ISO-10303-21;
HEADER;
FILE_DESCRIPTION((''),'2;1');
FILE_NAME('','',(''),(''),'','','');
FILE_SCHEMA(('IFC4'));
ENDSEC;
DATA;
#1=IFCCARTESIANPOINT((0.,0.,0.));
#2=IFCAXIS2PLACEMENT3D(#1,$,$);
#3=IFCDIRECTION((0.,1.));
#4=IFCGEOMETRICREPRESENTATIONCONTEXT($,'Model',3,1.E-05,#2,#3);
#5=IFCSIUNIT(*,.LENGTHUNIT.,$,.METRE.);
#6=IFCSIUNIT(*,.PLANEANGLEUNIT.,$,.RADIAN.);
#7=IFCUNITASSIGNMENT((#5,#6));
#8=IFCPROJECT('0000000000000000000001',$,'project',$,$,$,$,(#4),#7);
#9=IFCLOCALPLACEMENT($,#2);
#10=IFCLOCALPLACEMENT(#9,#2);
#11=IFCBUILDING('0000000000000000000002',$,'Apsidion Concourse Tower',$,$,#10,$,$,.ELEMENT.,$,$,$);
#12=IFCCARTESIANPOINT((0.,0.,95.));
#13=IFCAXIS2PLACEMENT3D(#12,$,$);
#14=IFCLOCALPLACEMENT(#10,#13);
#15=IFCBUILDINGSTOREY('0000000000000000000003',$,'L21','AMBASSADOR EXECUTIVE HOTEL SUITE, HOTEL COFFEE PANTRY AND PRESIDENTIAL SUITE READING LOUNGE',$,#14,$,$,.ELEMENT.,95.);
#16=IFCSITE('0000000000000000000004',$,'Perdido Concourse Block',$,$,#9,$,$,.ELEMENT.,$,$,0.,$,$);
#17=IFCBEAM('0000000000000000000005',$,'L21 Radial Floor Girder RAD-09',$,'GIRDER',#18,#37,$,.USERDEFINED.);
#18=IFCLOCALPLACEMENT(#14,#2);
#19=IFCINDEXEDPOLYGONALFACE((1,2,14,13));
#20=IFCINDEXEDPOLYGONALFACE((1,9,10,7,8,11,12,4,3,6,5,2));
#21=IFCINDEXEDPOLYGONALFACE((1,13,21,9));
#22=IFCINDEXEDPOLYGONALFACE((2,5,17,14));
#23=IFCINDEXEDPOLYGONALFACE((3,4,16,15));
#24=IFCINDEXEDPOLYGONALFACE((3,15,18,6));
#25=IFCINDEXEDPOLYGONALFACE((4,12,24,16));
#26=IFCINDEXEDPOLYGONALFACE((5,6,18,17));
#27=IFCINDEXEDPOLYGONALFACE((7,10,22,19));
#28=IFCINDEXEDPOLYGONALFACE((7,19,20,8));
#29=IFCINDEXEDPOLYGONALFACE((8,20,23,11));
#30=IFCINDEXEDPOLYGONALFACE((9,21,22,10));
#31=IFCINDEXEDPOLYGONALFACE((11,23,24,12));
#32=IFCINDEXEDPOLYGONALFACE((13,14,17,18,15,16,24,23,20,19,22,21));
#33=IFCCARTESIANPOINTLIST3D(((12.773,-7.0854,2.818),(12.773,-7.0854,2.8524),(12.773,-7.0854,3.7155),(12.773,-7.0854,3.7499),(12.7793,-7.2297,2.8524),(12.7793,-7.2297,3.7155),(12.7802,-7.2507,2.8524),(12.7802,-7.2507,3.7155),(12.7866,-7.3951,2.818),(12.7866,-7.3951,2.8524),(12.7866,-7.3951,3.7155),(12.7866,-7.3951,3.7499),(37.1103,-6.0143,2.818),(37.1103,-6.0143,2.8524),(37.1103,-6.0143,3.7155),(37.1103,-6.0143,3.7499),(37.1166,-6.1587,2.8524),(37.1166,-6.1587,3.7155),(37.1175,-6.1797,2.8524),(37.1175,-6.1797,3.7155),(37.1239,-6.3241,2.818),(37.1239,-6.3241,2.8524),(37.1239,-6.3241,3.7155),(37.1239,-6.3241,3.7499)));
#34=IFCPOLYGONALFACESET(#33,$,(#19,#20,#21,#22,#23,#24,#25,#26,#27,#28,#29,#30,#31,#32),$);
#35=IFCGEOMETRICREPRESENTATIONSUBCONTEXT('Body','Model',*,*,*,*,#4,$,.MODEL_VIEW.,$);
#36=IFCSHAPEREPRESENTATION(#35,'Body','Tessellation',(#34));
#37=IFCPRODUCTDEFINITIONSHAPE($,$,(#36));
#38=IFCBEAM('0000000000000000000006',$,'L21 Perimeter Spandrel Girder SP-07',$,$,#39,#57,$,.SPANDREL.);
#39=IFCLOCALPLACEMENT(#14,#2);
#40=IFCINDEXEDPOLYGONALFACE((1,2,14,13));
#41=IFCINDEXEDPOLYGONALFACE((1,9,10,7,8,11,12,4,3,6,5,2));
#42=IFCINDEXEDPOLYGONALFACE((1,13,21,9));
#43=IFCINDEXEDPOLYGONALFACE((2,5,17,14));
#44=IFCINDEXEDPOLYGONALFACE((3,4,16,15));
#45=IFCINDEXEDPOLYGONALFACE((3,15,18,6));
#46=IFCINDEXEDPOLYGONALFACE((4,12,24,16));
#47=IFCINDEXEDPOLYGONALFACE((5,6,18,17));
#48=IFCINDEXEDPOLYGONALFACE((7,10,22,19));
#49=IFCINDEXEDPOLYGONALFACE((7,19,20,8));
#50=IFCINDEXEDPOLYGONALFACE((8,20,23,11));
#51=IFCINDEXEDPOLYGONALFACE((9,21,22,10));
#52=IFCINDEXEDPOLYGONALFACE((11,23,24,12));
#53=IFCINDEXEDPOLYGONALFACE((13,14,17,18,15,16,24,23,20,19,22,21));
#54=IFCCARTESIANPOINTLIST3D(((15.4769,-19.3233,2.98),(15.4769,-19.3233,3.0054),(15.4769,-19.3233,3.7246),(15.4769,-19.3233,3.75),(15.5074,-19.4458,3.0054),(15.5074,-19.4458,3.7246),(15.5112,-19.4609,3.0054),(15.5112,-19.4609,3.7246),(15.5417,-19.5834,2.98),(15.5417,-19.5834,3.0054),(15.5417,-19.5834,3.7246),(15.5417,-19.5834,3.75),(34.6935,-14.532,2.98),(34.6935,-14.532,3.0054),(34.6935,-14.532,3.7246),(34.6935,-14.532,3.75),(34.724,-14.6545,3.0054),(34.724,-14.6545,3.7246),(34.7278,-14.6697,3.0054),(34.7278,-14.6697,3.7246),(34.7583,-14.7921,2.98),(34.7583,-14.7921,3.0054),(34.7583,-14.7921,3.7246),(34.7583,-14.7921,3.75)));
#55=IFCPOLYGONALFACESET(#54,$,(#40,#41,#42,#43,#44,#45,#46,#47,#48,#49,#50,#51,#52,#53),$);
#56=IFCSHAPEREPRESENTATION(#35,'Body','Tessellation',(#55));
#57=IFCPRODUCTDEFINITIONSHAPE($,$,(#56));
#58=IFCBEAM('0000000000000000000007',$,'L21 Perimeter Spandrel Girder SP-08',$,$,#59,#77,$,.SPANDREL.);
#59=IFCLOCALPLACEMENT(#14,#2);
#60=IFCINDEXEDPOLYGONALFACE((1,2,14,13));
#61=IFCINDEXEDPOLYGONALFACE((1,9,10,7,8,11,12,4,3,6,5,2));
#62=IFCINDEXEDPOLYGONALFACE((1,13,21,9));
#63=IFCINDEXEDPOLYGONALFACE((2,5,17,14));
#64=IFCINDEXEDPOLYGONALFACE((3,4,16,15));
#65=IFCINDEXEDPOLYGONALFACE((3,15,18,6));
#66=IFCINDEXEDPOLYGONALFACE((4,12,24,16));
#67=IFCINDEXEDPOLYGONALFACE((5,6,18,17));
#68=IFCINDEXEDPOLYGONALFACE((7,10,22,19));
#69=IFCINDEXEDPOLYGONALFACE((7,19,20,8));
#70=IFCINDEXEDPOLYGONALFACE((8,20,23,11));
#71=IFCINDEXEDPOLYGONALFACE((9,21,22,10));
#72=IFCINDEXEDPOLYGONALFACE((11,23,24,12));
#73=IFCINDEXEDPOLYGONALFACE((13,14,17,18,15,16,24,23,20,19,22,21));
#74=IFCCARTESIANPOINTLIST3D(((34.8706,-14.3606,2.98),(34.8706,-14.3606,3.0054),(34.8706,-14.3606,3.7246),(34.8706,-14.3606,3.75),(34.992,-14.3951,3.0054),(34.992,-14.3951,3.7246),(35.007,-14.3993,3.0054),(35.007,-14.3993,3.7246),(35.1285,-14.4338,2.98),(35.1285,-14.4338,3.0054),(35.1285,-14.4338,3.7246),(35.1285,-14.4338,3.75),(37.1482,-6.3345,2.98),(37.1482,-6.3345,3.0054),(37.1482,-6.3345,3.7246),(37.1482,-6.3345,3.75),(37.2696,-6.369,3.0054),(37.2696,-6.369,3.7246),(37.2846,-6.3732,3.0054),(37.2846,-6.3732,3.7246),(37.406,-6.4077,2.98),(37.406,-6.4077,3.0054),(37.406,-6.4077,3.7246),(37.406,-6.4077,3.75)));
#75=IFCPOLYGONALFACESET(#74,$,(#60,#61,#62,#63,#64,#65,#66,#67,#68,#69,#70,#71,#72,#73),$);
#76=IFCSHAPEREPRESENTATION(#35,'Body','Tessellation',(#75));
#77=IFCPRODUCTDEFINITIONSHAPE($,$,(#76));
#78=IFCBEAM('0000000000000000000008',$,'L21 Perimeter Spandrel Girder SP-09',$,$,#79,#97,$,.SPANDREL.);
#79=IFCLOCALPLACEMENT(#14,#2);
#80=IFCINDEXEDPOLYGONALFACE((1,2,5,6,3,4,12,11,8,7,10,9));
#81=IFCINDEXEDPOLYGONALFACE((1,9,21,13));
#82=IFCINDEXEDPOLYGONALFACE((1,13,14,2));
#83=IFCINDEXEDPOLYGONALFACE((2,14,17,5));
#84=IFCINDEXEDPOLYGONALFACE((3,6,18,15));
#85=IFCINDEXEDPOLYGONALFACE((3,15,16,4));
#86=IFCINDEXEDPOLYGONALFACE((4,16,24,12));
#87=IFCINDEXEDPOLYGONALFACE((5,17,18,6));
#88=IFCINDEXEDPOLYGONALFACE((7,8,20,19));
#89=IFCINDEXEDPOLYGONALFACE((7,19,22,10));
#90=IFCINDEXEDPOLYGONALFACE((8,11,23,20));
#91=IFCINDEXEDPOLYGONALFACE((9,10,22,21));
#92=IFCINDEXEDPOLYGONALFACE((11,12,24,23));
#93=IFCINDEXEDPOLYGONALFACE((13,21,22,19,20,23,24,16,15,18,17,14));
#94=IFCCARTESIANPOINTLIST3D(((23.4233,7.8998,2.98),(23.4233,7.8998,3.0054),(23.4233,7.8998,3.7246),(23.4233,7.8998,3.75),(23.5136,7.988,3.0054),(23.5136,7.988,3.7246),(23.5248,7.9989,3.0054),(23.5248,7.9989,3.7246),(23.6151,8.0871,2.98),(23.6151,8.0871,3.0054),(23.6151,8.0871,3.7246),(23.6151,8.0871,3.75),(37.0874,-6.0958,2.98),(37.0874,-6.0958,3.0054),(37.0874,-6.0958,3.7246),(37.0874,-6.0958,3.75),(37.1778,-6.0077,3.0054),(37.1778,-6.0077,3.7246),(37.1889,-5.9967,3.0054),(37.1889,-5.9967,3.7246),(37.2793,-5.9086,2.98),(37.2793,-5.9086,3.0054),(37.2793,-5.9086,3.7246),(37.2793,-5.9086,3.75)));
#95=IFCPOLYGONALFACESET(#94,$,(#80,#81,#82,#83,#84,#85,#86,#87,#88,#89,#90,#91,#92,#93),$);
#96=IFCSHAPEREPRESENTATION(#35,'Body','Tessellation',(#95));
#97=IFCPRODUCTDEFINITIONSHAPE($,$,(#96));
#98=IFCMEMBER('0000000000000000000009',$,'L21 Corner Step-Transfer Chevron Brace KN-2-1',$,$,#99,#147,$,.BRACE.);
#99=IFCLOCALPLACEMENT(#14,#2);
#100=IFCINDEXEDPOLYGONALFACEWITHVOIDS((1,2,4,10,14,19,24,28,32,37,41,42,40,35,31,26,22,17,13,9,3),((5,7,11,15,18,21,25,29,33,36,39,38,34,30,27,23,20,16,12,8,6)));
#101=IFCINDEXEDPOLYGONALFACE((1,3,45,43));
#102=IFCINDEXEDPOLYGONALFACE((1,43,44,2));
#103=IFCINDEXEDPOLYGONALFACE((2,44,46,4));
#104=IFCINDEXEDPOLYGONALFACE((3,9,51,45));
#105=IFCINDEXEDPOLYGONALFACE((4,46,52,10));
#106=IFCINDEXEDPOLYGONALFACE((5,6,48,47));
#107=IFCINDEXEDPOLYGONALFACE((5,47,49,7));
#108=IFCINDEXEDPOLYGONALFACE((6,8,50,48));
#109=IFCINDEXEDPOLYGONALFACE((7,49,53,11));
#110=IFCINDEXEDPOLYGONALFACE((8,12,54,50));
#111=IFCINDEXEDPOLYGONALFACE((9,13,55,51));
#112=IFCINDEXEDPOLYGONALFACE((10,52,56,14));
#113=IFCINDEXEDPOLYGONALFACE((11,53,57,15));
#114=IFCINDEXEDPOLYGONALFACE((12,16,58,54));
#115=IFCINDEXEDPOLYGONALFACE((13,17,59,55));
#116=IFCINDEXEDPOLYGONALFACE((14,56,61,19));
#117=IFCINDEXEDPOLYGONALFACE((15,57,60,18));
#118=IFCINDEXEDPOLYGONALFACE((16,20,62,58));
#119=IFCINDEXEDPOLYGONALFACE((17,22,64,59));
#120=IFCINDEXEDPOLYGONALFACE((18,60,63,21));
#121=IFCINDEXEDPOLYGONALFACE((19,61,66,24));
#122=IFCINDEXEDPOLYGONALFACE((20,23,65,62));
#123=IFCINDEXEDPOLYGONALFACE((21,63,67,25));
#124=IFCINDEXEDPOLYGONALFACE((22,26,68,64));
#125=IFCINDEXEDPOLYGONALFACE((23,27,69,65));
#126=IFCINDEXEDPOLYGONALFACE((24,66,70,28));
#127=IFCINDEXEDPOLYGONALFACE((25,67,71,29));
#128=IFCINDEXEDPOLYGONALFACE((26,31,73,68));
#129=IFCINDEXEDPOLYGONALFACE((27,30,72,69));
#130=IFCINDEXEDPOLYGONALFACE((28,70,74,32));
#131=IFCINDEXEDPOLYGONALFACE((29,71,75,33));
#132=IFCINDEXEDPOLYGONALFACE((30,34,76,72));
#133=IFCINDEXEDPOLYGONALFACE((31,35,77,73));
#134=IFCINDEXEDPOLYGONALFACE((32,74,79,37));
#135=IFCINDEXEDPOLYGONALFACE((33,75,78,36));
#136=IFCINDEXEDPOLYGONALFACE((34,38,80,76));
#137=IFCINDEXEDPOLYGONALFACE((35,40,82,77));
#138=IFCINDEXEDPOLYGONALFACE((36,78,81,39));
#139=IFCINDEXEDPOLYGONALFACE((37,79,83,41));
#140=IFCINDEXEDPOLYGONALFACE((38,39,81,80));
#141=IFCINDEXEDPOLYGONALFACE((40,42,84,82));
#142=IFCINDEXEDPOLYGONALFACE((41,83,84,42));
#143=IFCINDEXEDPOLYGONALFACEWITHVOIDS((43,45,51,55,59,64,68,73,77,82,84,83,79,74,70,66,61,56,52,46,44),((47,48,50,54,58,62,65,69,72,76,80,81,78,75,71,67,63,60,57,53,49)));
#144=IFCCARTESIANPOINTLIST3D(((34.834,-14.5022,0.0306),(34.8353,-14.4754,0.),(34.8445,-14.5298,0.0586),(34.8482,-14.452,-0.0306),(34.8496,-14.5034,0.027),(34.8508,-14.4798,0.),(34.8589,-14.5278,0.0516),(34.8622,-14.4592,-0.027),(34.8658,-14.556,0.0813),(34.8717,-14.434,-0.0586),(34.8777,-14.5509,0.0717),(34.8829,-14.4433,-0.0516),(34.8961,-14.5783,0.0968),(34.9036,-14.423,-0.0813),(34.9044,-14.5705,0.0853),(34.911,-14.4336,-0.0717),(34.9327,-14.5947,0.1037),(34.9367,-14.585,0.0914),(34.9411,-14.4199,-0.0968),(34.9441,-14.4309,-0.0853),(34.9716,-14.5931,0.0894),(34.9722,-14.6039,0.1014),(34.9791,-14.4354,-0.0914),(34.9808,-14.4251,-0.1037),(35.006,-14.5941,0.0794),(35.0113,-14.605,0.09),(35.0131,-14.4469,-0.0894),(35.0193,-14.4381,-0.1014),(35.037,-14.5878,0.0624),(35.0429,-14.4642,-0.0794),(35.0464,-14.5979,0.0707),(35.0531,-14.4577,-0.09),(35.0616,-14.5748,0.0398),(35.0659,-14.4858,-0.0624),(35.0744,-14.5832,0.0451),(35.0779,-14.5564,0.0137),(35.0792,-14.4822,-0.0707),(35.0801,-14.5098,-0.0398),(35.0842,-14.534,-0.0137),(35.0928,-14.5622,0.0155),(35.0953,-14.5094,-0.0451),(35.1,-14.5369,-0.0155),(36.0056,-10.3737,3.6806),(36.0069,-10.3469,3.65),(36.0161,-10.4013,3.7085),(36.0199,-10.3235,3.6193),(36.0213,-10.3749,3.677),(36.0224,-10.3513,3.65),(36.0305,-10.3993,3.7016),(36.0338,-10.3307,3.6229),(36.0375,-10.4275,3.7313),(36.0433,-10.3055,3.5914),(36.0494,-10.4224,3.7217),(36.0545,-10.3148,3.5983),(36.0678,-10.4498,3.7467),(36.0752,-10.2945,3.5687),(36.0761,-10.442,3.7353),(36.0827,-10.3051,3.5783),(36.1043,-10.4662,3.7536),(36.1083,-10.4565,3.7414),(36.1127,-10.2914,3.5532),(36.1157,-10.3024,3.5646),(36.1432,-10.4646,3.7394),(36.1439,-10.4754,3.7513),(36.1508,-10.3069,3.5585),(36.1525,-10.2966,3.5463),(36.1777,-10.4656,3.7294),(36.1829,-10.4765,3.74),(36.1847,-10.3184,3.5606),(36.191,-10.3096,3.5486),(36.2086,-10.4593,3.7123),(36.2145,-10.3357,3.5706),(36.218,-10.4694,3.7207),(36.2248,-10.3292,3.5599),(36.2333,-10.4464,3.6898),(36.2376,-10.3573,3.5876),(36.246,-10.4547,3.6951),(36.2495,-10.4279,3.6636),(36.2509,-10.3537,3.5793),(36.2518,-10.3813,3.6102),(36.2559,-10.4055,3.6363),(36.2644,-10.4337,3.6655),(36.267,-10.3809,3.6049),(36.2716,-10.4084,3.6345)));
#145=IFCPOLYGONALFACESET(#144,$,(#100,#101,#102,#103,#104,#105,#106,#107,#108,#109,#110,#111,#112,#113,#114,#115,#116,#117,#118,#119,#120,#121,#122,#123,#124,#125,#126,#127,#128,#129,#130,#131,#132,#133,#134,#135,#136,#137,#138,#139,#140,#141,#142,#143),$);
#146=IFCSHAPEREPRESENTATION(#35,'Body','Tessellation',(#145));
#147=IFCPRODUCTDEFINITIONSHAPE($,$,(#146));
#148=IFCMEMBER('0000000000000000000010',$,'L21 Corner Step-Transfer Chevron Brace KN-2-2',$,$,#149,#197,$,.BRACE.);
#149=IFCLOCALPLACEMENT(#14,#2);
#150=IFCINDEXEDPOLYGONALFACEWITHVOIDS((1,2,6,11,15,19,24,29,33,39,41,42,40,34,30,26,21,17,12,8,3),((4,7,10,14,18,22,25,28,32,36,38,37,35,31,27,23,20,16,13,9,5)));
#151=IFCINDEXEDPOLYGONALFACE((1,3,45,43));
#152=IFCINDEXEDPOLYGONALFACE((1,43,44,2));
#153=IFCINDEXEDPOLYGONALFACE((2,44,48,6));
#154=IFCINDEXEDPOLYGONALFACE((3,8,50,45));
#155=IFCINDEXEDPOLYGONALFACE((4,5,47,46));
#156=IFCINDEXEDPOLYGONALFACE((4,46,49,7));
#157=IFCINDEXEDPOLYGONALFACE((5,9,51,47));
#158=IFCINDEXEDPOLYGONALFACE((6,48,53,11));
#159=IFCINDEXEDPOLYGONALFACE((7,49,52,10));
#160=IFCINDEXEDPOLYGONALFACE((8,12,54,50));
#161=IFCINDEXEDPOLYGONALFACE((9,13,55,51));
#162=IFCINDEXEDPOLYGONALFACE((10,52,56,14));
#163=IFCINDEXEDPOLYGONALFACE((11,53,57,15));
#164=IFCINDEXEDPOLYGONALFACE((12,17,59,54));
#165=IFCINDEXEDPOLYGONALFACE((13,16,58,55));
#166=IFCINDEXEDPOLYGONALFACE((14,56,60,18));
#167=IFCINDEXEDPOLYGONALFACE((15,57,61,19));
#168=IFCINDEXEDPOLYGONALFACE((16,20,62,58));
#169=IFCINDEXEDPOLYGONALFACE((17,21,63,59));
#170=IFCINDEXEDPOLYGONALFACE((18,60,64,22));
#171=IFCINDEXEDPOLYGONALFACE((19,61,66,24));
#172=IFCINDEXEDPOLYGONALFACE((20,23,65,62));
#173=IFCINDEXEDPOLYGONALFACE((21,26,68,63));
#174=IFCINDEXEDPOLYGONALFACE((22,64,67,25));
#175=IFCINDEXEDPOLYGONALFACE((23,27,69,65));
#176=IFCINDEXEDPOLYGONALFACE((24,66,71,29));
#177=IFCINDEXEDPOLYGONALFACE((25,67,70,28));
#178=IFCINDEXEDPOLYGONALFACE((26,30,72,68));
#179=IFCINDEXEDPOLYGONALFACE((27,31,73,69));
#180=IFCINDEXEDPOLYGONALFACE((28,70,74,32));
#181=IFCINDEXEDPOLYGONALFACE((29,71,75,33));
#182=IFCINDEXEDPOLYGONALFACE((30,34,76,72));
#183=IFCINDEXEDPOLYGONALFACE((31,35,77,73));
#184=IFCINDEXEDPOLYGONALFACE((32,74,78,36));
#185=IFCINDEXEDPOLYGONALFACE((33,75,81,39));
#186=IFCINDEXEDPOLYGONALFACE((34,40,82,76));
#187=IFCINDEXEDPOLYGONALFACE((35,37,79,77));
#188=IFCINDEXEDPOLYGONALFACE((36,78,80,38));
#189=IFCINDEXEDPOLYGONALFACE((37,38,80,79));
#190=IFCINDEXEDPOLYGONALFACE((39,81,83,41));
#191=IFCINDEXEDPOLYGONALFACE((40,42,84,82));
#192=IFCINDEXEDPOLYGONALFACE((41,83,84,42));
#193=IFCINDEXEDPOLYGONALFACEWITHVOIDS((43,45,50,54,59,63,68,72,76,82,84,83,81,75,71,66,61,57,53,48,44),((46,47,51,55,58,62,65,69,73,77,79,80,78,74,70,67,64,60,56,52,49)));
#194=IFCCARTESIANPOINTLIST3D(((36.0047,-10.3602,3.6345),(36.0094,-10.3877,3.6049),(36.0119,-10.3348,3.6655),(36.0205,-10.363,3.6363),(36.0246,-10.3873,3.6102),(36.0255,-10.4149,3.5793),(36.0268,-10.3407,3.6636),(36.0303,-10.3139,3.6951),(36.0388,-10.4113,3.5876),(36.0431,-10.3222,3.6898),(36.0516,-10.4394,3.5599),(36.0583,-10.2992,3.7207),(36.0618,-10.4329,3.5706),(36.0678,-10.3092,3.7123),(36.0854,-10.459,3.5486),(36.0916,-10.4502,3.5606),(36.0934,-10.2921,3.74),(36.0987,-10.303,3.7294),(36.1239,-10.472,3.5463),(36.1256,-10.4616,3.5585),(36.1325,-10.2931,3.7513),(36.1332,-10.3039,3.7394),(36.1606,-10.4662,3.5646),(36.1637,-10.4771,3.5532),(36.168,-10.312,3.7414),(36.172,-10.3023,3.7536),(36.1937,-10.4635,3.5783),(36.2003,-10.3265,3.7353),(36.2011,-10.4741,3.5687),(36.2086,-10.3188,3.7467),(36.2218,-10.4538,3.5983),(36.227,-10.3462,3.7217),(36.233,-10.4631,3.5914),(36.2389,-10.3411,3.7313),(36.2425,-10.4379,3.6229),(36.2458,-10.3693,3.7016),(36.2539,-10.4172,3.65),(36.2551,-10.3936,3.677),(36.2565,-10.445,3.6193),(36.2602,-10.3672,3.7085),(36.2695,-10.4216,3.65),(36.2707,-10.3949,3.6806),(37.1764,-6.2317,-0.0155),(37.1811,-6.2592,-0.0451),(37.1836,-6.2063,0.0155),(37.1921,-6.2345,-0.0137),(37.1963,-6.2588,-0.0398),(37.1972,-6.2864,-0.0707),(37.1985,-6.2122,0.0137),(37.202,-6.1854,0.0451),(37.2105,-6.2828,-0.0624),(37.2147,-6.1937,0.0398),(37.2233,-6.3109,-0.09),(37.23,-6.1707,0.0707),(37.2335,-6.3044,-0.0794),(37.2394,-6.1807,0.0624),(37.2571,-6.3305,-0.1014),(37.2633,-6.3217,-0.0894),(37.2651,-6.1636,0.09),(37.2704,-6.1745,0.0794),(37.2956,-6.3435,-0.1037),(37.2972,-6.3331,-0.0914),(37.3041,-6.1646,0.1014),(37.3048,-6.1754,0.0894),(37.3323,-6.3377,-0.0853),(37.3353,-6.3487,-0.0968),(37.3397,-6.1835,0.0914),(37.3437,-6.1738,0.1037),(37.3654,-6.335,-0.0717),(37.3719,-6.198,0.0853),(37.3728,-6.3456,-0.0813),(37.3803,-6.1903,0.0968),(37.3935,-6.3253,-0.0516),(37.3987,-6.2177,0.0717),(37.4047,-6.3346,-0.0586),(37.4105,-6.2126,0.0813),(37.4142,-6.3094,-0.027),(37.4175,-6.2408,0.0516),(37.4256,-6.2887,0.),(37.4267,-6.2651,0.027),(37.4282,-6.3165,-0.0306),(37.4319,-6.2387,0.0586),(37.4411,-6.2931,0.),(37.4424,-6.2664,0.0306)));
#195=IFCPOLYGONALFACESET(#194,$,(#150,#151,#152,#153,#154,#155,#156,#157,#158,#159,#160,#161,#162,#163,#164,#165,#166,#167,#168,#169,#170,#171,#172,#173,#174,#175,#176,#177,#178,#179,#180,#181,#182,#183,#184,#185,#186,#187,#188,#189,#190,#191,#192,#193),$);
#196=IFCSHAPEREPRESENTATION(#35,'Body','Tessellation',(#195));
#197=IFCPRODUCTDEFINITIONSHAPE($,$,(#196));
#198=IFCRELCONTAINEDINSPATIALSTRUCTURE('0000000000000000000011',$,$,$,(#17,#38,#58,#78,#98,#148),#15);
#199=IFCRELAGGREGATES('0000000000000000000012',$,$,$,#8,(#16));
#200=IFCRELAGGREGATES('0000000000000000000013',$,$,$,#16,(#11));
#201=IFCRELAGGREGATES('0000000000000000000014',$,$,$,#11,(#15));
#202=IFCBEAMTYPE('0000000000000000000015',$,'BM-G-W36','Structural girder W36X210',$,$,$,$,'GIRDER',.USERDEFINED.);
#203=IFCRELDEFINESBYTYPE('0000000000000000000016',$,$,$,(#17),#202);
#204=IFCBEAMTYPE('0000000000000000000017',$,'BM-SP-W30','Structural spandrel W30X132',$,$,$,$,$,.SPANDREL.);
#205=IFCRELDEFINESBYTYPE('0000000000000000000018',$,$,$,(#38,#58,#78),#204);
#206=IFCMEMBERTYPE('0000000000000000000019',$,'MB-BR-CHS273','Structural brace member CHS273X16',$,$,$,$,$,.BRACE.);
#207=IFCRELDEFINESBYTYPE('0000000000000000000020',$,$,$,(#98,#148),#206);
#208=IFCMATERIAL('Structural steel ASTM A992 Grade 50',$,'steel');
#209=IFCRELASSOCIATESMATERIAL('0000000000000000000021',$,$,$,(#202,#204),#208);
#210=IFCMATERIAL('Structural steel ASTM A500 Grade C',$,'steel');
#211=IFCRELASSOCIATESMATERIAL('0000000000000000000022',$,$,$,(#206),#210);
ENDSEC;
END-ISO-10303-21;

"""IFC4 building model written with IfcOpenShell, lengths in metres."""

from ifc_helpers import new_model, si_unit, direction, frame, origin, origin_2d, place, context, subcontext, project, spatial, hollow_circle, i_section, extrude, material, material_profile, profile_set, type_object, element, save


model = new_model("IFC4")

# Units and contexts
model_context = context("Model", 3, precision=1e-05, world=origin(), true_north=direction((0.0, 1.0)))
body_context = subcontext(model_context, "Body", "Model", "MODEL_VIEW")
ifc_project = project(units=[si_unit("LENGTHUNIT", "METRE"), si_unit("PLANEANGLEUNIT", "RADIAN")], contexts=[model_context])

# Site, building, storey
site_placement = place(None, origin())
site = spatial("IfcSite", under=ifc_project, at=site_placement, Name="Perdido Concourse Block", CompositionType="ELEMENT", RefElevation=0.0)
building_placement = place(site_placement, origin())
building = spatial("IfcBuilding", under=site, at=building_placement, Name="Apsidion Concourse Tower", CompositionType="ELEMENT")
storey_placement = place(building_placement, frame((0.0, 0.0, 95.0)))
storey = spatial("IfcBuildingStorey", under=building, at=storey_placement, Name="L21", Description="AMBASSADOR EXECUTIVE HOTEL SUITE, HOTEL COFFEE PANTRY AND PRESIDENTIAL SUITE READING LOUNGE", CompositionType="ELEMENT", Elevation=95.0)

# Beams
ifc_material_1 = material(Name="Structural steel ASTM A992 Grade 50", Category="steel")
ifc_material_profile_1 = material_profile(ifc_material_1, i_section(OverallWidth=0.3101, OverallDepth=0.9319, WebThickness=0.021, FlangeThickness=0.0344, at=origin_2d()), Name="W36X210")
ifc_profile_set_1 = profile_set([ifc_material_profile_1], Name="Structural steel ASTM A992 Grade 50")
beam_type_1 = type_object("IfcBeamType", Name="BM-G-W36", Description="Structural girder W36X210", ElementType="GIRDER", PredefinedType="USERDEFINED", material=ifc_profile_set_1)
beam_1_placement = place(storey_placement, frame((12.7798, -7.2402, 3.2839), z_axis=(0.999033, 0.043966, 0.0), x_axis=(-0.043966, 0.999033, 0.0)))
element("IfcBeam", 1, at=beam_1_placement, inside=storey, type_object=beam_type_1, Name="L21 Radial Floor Girder RAD-09", ObjectType="GIRDER", PredefinedType="USERDEFINED", context=body_context, shape_type="SweptSolid", body=[
    extrude(i_section(OverallWidth=0.3101, OverallDepth=0.9319, WebThickness=0.021, FlangeThickness=0.0344, at=origin_2d()), origin(), (0.0, 0.0, 1.0), 24.3608),
])
ifc_material_profile_2 = material_profile(ifc_material_1, i_section(OverallWidth=0.2681, OverallDepth=0.77, WebThickness=0.0156, FlangeThickness=0.0254, at=origin_2d()), Name="W30X132")
ifc_profile_set_2 = profile_set([ifc_material_profile_2], Name="Structural steel ASTM A992 Grade 50")
beam_type_2 = type_object("IfcBeamType", Name="BM-SP-W30", Description="Structural spandrel W30X132", PredefinedType="SPANDREL", material=ifc_profile_set_2)
beam_2_placement = place(storey_placement, frame((15.5093, -19.4534, 3.365), z_axis=(0.970295, 0.241924, 0.0), x_axis=(-0.241924, 0.970295, 0.0)))
element("IfcBeam", 2, at=beam_2_placement, inside=storey, type_object=beam_type_2, Name="L21 Perimeter Spandrel Girder SP-07", PredefinedType="SPANDREL", context=body_context, shape_type="SweptSolid", body=[
    extrude(i_section(OverallWidth=0.2681, OverallDepth=0.77, WebThickness=0.0156, FlangeThickness=0.0254, at=origin_2d()), origin(), (0.0, 0.0, 1.0), 19.8049),
])
beam_3_placement = place(storey_placement, frame((34.9995, -14.3972, 3.365), z_axis=(0.272993, 0.962016, 0.0), x_axis=(-0.962016, 0.272993, 0.0)))
element("IfcBeam", 3, at=beam_3_placement, inside=storey, type_object=beam_type_2, Name="L21 Perimeter Spandrel Girder SP-08", PredefinedType="SPANDREL", context=body_context, shape_type="SweptSolid", body=[
    extrude(i_section(OverallWidth=0.2681, OverallDepth=0.77, WebThickness=0.0156, FlangeThickness=0.0254, at=origin_2d()), origin(), (0.0, 0.0, 1.0), 8.343),
])
beam_4_placement = place(storey_placement, frame((37.1833, -6.0022, 3.365), z_axis=(-0.698581, 0.715531, 0.0), x_axis=(-0.715531, -0.698581, 0.0)))
element("IfcBeam", 4, at=beam_4_placement, inside=storey, type_object=beam_type_2, Name="L21 Perimeter Spandrel Girder SP-09", PredefinedType="SPANDREL", context=body_context, shape_type="SweptSolid", body=[
    extrude(i_section(OverallWidth=0.2681, OverallDepth=0.77, WebThickness=0.0156, FlangeThickness=0.0254, at=origin_2d()), origin(), (0.0, 0.0, 1.0), 19.5598),
])

# Members
ifc_material_2 = material(Name="Structural steel ASTM A500 Grade C", Category="steel")
ifc_material_profile_3 = material_profile(ifc_material_2, hollow_circle(Radius=0.1365, WallThickness=0.0161, at=origin_2d()), Name="CHS273X16")
ifc_profile_set_3 = profile_set([ifc_material_profile_3], Name="Structural steel ASTM A500 Grade C")
member_type = type_object("IfcMemberType", Name="MB-BR-CHS273", Description="Structural brace member CHS273X16", PredefinedType="BRACE", material=ifc_profile_set_3)
for number, where, z_axis, x_axis, name in (
    (5, (34.9666, -14.5127, 0.0), (0.207969, 0.73281, 0.647872), (-0.96201, 0.273015, 0.0), "L21 Corner Step-Transfer Chevron Brace KN-2-1"),
    (6, (37.3098, -6.2559, 0.0), (-0.207969, -0.73281, 0.647872), (0.96201, -0.273015, 0.0), "L21 Corner Step-Transfer Chevron Brace KN-2-2"),
):
    element("IfcMember", number, at=place(storey_placement, frame(where, z_axis=z_axis, x_axis=x_axis)), inside=storey, type_object=member_type, Name=name, PredefinedType="BRACE", context=body_context, shape_type="SweptSolid", body=[
        extrude(hollow_circle(Radius=0.1365, WallThickness=0.0161, at=origin_2d()), origin(), (0.0, 0.0, 1.0), 5.6338),
    ])

save(model, "model.ifc")
